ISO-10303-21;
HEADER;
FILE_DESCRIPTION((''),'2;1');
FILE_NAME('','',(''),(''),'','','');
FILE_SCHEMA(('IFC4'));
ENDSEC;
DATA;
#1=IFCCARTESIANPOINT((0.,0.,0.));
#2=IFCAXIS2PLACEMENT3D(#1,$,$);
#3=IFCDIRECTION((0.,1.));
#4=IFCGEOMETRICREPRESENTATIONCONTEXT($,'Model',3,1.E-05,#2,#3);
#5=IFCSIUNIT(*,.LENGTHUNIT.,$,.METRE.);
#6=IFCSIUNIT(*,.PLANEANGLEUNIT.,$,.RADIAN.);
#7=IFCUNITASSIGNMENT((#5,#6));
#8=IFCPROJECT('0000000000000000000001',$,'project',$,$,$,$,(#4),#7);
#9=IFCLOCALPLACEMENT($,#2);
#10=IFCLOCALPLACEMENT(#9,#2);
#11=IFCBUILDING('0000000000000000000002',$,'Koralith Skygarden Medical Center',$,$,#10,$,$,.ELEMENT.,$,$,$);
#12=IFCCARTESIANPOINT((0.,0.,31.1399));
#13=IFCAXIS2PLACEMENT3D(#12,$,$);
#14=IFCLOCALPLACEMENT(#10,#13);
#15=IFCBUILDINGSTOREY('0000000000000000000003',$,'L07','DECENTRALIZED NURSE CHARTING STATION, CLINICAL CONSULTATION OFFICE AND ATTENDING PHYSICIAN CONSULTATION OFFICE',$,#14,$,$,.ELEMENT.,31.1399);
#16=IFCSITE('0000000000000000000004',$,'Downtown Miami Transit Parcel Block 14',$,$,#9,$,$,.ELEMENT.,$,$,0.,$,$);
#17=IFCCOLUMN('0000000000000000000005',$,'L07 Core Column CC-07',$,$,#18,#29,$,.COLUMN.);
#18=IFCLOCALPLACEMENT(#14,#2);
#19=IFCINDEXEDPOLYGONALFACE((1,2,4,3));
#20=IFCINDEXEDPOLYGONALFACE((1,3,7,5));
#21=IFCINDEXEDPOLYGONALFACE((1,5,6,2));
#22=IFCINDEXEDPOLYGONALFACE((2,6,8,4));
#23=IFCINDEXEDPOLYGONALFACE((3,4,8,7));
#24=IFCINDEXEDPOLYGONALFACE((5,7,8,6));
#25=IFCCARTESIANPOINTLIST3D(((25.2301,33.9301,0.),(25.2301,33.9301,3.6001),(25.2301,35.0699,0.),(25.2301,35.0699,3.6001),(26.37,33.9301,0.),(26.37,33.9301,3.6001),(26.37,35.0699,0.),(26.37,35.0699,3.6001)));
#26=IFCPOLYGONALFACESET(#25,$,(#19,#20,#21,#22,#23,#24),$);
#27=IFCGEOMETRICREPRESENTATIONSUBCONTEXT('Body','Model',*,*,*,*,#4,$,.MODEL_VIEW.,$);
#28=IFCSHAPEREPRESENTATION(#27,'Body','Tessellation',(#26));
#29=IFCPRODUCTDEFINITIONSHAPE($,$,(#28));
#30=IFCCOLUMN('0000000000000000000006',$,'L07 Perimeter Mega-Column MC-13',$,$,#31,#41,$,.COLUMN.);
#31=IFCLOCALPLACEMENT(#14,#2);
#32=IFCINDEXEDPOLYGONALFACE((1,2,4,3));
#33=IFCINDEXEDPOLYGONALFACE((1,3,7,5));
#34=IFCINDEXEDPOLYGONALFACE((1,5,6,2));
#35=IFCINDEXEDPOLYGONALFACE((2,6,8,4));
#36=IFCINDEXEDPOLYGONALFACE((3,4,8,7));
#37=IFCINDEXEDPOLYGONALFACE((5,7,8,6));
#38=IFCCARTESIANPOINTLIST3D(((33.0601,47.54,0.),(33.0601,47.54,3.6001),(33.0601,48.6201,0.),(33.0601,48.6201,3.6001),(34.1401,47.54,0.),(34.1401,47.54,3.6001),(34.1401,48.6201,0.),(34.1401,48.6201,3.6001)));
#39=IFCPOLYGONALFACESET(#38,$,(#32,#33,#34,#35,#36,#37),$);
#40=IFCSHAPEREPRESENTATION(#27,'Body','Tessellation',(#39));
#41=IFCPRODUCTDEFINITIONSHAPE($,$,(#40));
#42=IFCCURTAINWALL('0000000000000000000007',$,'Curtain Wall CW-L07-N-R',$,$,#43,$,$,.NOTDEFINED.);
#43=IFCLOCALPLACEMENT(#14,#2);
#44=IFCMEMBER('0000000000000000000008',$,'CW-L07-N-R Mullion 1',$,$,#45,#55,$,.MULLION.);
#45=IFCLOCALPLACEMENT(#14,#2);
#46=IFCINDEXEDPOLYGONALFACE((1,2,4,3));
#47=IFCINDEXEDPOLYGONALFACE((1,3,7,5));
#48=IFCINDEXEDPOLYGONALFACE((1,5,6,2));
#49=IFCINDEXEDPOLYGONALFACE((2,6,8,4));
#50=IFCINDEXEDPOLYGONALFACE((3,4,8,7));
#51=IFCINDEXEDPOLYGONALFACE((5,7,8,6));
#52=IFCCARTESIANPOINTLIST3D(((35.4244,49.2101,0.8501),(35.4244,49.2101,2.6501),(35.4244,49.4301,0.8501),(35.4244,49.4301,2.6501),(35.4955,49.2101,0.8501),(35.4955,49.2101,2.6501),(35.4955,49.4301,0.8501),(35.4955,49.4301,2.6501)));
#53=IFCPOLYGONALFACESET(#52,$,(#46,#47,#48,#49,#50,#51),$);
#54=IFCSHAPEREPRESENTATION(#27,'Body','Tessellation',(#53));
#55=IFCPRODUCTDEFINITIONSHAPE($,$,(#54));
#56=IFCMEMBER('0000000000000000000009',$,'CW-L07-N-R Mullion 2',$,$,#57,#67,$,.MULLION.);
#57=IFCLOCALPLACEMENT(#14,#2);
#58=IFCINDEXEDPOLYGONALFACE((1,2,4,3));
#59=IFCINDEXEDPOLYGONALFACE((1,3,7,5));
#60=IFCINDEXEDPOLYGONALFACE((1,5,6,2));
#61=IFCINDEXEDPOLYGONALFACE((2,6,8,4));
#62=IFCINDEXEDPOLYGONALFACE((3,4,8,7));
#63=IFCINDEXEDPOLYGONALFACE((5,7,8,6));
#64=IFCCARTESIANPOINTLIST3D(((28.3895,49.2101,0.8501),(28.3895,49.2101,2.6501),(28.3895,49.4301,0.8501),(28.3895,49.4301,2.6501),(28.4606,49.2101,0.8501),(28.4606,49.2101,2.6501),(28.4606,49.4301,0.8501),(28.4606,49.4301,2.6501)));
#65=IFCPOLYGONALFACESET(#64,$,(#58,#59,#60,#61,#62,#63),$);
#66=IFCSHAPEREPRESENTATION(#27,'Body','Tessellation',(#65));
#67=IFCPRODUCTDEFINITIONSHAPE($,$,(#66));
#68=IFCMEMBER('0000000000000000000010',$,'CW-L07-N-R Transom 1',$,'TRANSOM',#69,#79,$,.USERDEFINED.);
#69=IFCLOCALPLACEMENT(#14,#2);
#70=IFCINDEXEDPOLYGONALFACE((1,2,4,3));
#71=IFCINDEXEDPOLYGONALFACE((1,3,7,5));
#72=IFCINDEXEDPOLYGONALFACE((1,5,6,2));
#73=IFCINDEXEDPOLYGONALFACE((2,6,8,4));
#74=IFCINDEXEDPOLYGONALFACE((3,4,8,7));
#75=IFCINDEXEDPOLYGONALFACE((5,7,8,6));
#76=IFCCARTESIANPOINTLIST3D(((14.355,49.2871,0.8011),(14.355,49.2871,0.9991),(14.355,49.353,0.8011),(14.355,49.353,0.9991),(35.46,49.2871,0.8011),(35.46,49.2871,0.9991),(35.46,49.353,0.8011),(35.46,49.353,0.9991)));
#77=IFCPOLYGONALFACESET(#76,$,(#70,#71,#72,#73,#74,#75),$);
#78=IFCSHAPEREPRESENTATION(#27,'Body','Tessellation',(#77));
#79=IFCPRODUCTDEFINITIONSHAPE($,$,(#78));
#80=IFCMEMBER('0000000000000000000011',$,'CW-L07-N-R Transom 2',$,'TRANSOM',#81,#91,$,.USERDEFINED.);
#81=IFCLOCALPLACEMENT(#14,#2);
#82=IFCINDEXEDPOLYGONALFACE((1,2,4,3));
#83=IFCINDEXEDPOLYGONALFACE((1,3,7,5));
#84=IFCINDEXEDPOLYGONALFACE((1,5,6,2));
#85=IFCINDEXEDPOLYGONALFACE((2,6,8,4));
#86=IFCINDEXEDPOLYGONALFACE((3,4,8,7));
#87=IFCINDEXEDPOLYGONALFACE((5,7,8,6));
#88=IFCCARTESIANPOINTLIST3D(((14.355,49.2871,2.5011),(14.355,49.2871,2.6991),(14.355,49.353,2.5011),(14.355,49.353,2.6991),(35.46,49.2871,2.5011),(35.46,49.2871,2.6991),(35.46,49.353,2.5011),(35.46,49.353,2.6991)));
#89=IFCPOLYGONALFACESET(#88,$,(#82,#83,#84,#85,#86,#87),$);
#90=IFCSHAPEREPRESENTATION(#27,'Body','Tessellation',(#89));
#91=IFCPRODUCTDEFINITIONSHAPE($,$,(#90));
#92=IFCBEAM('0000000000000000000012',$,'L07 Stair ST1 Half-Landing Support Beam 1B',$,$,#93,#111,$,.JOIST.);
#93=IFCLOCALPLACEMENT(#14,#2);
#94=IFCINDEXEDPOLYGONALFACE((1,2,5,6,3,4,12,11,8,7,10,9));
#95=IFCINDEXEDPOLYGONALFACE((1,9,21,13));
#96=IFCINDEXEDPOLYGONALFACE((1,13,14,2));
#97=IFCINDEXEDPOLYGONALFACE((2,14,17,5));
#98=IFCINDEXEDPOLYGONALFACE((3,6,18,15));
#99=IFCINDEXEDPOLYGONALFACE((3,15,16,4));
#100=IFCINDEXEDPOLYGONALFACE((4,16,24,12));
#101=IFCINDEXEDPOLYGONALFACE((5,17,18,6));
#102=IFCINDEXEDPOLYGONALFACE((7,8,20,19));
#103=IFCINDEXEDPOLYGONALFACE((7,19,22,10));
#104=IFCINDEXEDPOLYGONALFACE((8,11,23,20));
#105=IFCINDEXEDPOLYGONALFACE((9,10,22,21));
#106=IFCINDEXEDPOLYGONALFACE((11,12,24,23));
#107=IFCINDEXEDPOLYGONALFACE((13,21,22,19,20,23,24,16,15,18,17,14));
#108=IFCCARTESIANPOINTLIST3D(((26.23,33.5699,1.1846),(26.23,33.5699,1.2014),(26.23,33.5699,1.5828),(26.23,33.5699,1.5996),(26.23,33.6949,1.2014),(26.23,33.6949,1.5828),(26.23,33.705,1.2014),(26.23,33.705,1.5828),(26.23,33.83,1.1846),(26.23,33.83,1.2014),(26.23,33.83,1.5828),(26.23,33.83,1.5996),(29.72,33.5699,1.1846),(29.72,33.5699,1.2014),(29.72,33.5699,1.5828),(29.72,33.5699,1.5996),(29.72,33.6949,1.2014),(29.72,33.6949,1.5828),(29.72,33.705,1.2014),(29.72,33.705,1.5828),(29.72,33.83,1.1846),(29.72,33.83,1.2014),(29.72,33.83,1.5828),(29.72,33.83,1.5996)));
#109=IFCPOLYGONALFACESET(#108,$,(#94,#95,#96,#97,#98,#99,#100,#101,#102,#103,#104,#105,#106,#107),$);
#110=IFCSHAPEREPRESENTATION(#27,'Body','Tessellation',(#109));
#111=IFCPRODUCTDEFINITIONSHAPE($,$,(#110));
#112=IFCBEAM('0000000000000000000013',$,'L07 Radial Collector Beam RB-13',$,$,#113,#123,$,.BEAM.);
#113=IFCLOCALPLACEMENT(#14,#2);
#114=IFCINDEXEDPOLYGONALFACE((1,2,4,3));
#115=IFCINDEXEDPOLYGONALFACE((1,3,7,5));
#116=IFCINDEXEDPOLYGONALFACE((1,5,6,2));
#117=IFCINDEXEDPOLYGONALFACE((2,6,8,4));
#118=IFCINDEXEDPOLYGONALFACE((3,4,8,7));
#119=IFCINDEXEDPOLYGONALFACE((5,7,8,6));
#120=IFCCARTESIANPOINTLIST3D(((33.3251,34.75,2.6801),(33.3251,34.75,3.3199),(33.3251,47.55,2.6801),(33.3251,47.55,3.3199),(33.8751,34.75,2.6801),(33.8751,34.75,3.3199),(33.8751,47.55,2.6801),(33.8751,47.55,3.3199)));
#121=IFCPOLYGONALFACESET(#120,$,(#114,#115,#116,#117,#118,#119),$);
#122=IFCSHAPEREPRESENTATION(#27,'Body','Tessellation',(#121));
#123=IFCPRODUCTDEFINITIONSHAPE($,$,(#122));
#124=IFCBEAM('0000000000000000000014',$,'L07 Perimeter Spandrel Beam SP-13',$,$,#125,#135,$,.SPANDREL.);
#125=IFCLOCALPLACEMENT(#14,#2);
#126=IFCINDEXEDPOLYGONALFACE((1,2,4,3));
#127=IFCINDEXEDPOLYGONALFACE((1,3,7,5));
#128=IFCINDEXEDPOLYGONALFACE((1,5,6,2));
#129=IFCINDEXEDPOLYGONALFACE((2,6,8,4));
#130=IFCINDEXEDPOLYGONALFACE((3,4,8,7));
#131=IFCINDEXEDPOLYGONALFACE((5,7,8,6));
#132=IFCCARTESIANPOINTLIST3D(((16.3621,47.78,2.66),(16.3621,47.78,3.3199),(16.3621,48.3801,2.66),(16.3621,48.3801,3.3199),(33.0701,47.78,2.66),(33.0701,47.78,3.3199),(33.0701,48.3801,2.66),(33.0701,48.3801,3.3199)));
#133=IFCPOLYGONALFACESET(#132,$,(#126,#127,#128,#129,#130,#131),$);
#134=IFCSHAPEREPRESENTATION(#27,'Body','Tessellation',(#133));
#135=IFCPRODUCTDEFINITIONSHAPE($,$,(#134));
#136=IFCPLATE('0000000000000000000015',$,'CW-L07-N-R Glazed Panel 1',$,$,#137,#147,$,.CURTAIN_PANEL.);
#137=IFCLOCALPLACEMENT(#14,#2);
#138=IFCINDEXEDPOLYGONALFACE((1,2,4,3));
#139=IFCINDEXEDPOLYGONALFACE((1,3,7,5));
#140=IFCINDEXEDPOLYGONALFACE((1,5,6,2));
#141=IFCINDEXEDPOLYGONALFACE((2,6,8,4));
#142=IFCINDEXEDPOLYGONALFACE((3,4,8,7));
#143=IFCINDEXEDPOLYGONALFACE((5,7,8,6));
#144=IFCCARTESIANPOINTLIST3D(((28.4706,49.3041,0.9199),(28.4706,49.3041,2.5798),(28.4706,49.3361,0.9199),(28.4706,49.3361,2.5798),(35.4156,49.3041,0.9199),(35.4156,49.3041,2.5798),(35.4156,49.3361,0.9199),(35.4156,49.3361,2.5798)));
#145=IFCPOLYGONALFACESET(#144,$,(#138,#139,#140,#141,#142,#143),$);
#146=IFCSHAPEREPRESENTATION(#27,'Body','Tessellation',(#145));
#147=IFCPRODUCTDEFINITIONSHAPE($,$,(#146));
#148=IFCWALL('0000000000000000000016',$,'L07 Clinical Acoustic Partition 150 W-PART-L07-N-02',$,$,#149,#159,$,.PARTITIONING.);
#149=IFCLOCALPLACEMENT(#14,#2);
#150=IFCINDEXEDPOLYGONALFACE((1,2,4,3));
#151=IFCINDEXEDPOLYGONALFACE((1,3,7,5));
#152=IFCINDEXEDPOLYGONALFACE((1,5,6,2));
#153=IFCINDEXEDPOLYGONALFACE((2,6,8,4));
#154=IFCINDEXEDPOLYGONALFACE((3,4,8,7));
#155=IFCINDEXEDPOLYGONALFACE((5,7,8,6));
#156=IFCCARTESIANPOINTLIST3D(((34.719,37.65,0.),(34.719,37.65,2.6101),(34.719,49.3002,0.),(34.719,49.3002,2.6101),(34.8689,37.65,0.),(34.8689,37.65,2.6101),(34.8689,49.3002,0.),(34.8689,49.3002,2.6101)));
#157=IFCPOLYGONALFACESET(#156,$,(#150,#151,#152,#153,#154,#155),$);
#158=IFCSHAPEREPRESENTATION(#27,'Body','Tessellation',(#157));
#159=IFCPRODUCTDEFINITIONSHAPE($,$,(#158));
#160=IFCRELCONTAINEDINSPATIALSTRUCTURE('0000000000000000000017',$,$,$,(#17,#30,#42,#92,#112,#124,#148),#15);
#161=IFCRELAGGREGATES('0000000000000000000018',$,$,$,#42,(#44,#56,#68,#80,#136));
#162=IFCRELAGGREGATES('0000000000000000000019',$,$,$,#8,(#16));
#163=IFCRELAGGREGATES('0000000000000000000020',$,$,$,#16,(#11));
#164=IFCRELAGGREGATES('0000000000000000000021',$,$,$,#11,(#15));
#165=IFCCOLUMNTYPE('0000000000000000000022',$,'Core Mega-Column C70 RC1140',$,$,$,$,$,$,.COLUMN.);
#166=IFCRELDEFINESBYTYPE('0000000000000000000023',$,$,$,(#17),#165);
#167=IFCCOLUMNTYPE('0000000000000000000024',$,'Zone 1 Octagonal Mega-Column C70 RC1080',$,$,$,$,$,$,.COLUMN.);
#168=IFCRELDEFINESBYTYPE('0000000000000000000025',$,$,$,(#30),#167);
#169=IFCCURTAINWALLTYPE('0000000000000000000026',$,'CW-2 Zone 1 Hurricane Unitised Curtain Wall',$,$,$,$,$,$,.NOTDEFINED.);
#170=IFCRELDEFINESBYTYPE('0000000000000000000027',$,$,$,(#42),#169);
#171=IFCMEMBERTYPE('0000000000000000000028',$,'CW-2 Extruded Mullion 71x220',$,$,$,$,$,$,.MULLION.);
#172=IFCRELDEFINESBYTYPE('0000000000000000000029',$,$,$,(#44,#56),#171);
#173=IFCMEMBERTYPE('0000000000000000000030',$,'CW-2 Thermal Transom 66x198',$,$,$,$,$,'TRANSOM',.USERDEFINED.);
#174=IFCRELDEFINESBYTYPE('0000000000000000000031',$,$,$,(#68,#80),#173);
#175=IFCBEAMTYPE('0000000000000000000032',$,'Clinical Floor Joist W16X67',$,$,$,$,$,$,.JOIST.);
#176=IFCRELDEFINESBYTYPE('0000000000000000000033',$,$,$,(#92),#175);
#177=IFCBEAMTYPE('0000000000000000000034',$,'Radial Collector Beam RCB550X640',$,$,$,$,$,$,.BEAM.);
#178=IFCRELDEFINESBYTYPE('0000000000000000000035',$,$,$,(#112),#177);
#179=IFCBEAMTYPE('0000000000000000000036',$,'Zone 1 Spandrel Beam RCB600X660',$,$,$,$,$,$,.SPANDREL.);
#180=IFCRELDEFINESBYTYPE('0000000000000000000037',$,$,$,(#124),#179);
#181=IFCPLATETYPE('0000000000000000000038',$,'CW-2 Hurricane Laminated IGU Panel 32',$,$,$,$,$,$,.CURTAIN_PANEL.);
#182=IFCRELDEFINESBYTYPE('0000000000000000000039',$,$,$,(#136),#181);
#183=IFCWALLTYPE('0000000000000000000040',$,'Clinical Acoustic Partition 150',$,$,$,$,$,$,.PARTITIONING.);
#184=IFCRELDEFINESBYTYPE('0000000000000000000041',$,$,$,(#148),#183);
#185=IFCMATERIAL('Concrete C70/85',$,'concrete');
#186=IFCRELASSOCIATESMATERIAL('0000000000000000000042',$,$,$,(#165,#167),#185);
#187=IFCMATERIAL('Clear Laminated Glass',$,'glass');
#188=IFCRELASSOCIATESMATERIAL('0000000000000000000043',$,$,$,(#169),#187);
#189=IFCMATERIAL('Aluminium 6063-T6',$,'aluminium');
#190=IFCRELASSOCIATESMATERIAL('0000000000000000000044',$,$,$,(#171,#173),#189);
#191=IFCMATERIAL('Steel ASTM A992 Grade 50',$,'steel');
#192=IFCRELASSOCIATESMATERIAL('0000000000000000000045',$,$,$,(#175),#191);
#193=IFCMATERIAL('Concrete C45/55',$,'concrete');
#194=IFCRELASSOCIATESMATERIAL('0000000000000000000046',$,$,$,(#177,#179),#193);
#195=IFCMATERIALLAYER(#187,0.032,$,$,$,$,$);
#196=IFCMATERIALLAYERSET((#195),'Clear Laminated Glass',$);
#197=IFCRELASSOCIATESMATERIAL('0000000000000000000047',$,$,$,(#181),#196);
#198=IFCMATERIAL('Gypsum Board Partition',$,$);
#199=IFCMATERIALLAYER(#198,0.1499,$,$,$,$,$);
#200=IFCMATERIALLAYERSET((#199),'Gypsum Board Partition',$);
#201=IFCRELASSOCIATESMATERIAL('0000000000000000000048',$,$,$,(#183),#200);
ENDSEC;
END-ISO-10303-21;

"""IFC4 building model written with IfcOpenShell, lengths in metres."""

from ifc_helpers import new_model, si_unit, direction, frame, frame_2d, origin, origin_2d, place, context, subcontext, project, spatial, rectangle, i_section, extrude, material, layer, layer_set, material_profile, profile_set, type_object, element, aggregate, save


model = new_model("IFC4")

# Units and contexts
model_context = context("Model", 3, precision=1e-05, world=origin(), true_north=direction((0.0, 1.0)))
body_context = subcontext(model_context, "Body", "Model", "MODEL_VIEW")
ifc_project = project(units=[si_unit("LENGTHUNIT", "METRE"), si_unit("PLANEANGLEUNIT", "RADIAN")], contexts=[model_context])

# Site, building, storey
site_placement = place(None, origin())
site = spatial("IfcSite", under=ifc_project, at=site_placement, Name="Downtown Miami Transit Parcel Block 14", CompositionType="ELEMENT", RefElevation=0.0)
building_placement = place(site_placement, origin())
building = spatial("IfcBuilding", under=site, at=building_placement, Name="Koralith Skygarden Medical Center", CompositionType="ELEMENT")
storey_placement = place(building_placement, frame((0.0, 0.0, 31.1399)))
storey = spatial("IfcBuildingStorey", under=building, at=storey_placement, Name="L07", Description="DECENTRALIZED NURSE CHARTING STATION, CLINICAL CONSULTATION OFFICE AND ATTENDING PHYSICIAN CONSULTATION OFFICE", CompositionType="ELEMENT", Elevation=31.1399)

# Columns
ifc_material_1 = material(Name="Concrete C70/85", Category="concrete")
ifc_material_profile_1 = material_profile(ifc_material_1, rectangle(XDim=1.1399, YDim=1.1399, at=origin_2d()), Name="RC1140X1140")
ifc_profile_set_1 = profile_set([ifc_material_profile_1], Name="Concrete C70/85")
column_type_1 = type_object("IfcColumnType", Name="Core Mega-Column C70 RC1140", PredefinedType="COLUMN", material=ifc_profile_set_1)
column_1_placement = place(storey_placement, frame((25.8, 34.5, 0.0), z_axis=(0.0, 0.0, 1.0), x_axis=(1.0, 0.0, 0.0)))
element("IfcColumn", 1, at=column_1_placement, inside=storey, type_object=column_type_1, Name="L07 Core Column CC-07", PredefinedType="COLUMN", context=body_context, shape_type="SweptSolid", body=[
    extrude(rectangle(XDim=1.1399, YDim=1.1399, at=origin_2d()), origin(), (0.0, 0.0, 1.0), 3.6001),
])
ifc_material_profile_2 = material_profile(ifc_material_1, rectangle(XDim=1.0801, YDim=1.0801, at=origin_2d()), Name="RC1080X1080")
ifc_profile_set_2 = profile_set([ifc_material_profile_2], Name="Concrete C70/85")
column_type_2 = type_object("IfcColumnType", Name="Zone 1 Octagonal Mega-Column C70 RC1080", PredefinedType="COLUMN", material=ifc_profile_set_2)
column_2_placement = place(storey_placement, frame((33.6001, 48.0801, 0.0), z_axis=(0.0, 0.0, 1.0), x_axis=(1.0, 0.0, 0.0)))
element("IfcColumn", 2, at=column_2_placement, inside=storey, type_object=column_type_2, Name="L07 Perimeter Mega-Column MC-13", PredefinedType="COLUMN", context=body_context, shape_type="SweptSolid", body=[
    extrude(rectangle(XDim=1.0801, YDim=1.0801, at=origin_2d()), origin(), (0.0, 0.0, 1.0), 3.6001),
])

# Curtain wall, members
ifc_material_2 = material(Name="Clear Laminated Glass", Category="glass")
curtain_wall_type = type_object("IfcCurtainWallType", Name="CW-2 Zone 1 Hurricane Unitised Curtain Wall", PredefinedType="NOTDEFINED", material=ifc_material_2)
curtain_wall_placement = place(storey_placement, origin())
curtain_wall = element("IfcCurtainWall", 3, at=curtain_wall_placement, inside=storey, type_object=curtain_wall_type, Name="Curtain Wall CW-L07-N-R", PredefinedType="NOTDEFINED")
ifc_material_3 = material(Name="Aluminium 6063-T6", Category="aluminium")
ifc_material_profile_3 = material_profile(ifc_material_3, rectangle(XDim=0.071, YDim=0.22, at=origin_2d()), Name="MUL71X220")
ifc_profile_set_3 = profile_set([ifc_material_profile_3], Name="Aluminium 6063-T6")
member_type_1 = type_object("IfcMemberType", Name="CW-2 Extruded Mullion 71x220", PredefinedType="MULLION", material=ifc_profile_set_3)
member_1_placement = place(storey_placement, frame((35.46, 49.3201, 0.8501), z_axis=(0.0, 0.0, 1.0), x_axis=(1.0, 0.0, 0.0)))
member_1 = element("IfcMember", 4, at=member_1_placement, type_object=member_type_1, Name="CW-L07-N-R Mullion 1", PredefinedType="MULLION", context=body_context, shape_type="SweptSolid", body=[
    extrude(rectangle(XDim=0.071, YDim=0.22, at=origin_2d()), origin(), (0.0, 0.0, 1.0), 1.8),
])
member_2_placement = place(storey_placement, frame((28.425, 49.3201, 0.8501), z_axis=(0.0, 0.0, 1.0), x_axis=(1.0, 0.0, 0.0)))
member_2 = element("IfcMember", 5, at=member_2_placement, type_object=member_type_1, Name="CW-L07-N-R Mullion 2", PredefinedType="MULLION", context=body_context, shape_type="SweptSolid", body=[
    extrude(rectangle(XDim=0.071, YDim=0.22, at=origin_2d()), origin(), (0.0, 0.0, 1.0), 1.8),
])
ifc_material_profile_4 = material_profile(ifc_material_3, rectangle(XDim=0.0659, YDim=0.198, at=origin_2d()), Name="TRN66X198")
ifc_profile_set_4 = profile_set([ifc_material_profile_4], Name="Aluminium 6063-T6")
member_type_2 = type_object("IfcMemberType", Name="CW-2 Thermal Transom 66x198", ElementType="TRANSOM", PredefinedType="USERDEFINED", material=ifc_profile_set_4)
member_3_placement = place(storey_placement, frame((35.46, 49.3201, 0.9001), z_axis=(-1.0, 0.0, 0.0), x_axis=(0.0, -1.0, 0.0)))
member_3 = element("IfcMember", 6, at=member_3_placement, type_object=member_type_2, Name="CW-L07-N-R Transom 1", ObjectType="TRANSOM", PredefinedType="USERDEFINED", context=body_context, shape_type="SweptSolid", body=[
    extrude(rectangle(XDim=0.0659, YDim=0.198, at=origin_2d()), origin(), (0.0, 0.0, 1.0), 21.105),
])
member_4_placement = place(storey_placement, frame((35.46, 49.3201, 2.6001), z_axis=(-1.0, 0.0, 0.0), x_axis=(0.0, -1.0, 0.0)))
member_4 = element("IfcMember", 7, at=member_4_placement, type_object=member_type_2, Name="CW-L07-N-R Transom 2", ObjectType="TRANSOM", PredefinedType="USERDEFINED", context=body_context, shape_type="SweptSolid", body=[
    extrude(rectangle(XDim=0.0659, YDim=0.198, at=origin_2d()), origin(), (0.0, 0.0, 1.0), 21.105),
])

# Beams
ifc_material_4 = material(Name="Steel ASTM A992 Grade 50", Category="steel")
ifc_material_profile_5 = material_profile(ifc_material_4, i_section(OverallWidth=0.26, OverallDepth=0.415, WebThickness=0.01, FlangeThickness=0.0168, at=origin_2d()), Name="W16X67")
ifc_profile_set_5 = profile_set([ifc_material_profile_5], Name="Steel ASTM A992 Grade 50")
beam_type_1 = type_object("IfcBeamType", Name="Clinical Floor Joist W16X67", PredefinedType="JOIST", material=ifc_profile_set_5)
beam_1_placement = place(storey_placement, frame((26.23, 33.7, 1.3921), z_axis=(1.0, 0.0, 0.0), x_axis=(0.0, 1.0, 0.0)))
element("IfcBeam", 8, at=beam_1_placement, inside=storey, type_object=beam_type_1, Name="L07 Stair ST1 Half-Landing Support Beam 1B", PredefinedType="JOIST", context=body_context, shape_type="SweptSolid", body=[
    extrude(i_section(OverallWidth=0.26, OverallDepth=0.415, WebThickness=0.01, FlangeThickness=0.0168, at=origin_2d()), origin(), (0.0, 0.0, 1.0), 3.49),
])
ifc_material_5 = material(Name="Concrete C45/55", Category="concrete")
ifc_material_profile_6 = material_profile(ifc_material_5, rectangle(XDim=0.55, YDim=0.6399, at=origin_2d()), Name="RCB550X640")
ifc_profile_set_6 = profile_set([ifc_material_profile_6], Name="Concrete C45/55")
beam_type_2 = type_object("IfcBeamType", Name="Radial Collector Beam RCB550X640", PredefinedType="BEAM", material=ifc_profile_set_6)
beam_2_placement = place(storey_placement, frame((33.6001, 34.75, 3.0), z_axis=(0.0, 1.0, 0.0), x_axis=(-1.0, 0.0, 0.0)))
element("IfcBeam", 9, at=beam_2_placement, inside=storey, type_object=beam_type_2, Name="L07 Radial Collector Beam RB-13", PredefinedType="BEAM", context=body_context, shape_type="SweptSolid", body=[
    extrude(rectangle(XDim=0.55, YDim=0.6399, at=origin_2d()), origin(), (0.0, 0.0, 1.0), 12.8),
])
ifc_material_profile_7 = material_profile(ifc_material_5, rectangle(XDim=0.6001, YDim=0.6599, at=origin_2d()), Name="RCB600X660")
ifc_profile_set_7 = profile_set([ifc_material_profile_7], Name="Concrete C45/55")
beam_type_3 = type_object("IfcBeamType", Name="Zone 1 Spandrel Beam RCB600X660", PredefinedType="SPANDREL", material=ifc_profile_set_7)
beam_3_placement = place(storey_placement, frame((33.0701, 48.0801, 2.99), z_axis=(-1.0, 0.0, 0.0), x_axis=(0.0, -1.0, 0.0)))
element("IfcBeam", 10, at=beam_3_placement, inside=storey, type_object=beam_type_3, Name="L07 Perimeter Spandrel Beam SP-13", PredefinedType="SPANDREL", context=body_context, shape_type="SweptSolid", body=[
    extrude(rectangle(XDim=0.6001, YDim=0.6599, at=origin_2d()), origin(), (0.0, 0.0, 1.0), 16.708),
])

# Plate
ifc_layer_1 = layer(ifc_material_2, 0.032)
ifc_layer_set_1 = layer_set([ifc_layer_1], Name="Clear Laminated Glass")
plate_type = type_object("IfcPlateType", Name="CW-2 Hurricane Laminated IGU Panel 32", PredefinedType="CURTAIN_PANEL", material=ifc_layer_set_1)
plate_placement = place(storey_placement, frame((31.9431, 49.3201, 0.9199), z_axis=(0.0, 0.0, 1.0), x_axis=(-1.0, 0.0, 0.0)))
plate = element("IfcPlate", 11, at=plate_placement, type_object=plate_type, Name="CW-L07-N-R Glazed Panel 1", PredefinedType="CURTAIN_PANEL", context=body_context, shape_type="SweptSolid", body=[
    extrude(rectangle(XDim=6.9451, YDim=0.032, at=origin_2d()), origin(), (0.0, 0.0, 1.0), 1.6599),
])
aggregate(curtain_wall, [member_1, member_2, member_3, member_4, plate])

# Wall
ifc_material_6 = material(Name="Gypsum Board Partition")
ifc_layer_2 = layer(ifc_material_6, 0.1499)
ifc_layer_set_2 = layer_set([ifc_layer_2], Name="Gypsum Board Partition")
wall_type_1 = type_object("IfcWallType", Name="Clinical Acoustic Partition 150", PredefinedType="PARTITIONING", material=ifc_layer_set_2)
wall_1_placement = place(storey_placement, frame((34.7939, 37.6499, 0.0), z_axis=(0.0, 0.0, 1.0), x_axis=(0.0, 1.0, 0.0)))
element("IfcWall", 12, at=wall_1_placement, inside=storey, type_object=wall_type_1, Name="L07 Clinical Acoustic Partition 150 W-PART-L07-N-02", PredefinedType="PARTITIONING", context=body_context, shape_type="SweptSolid", body=[
    extrude(rectangle(XDim=11.6501, YDim=0.1499, at=frame_2d((5.8252, 0.0))), origin(), (0.0, 0.0, 1.0), 2.6101),
])

save(model, "model.ifc")
